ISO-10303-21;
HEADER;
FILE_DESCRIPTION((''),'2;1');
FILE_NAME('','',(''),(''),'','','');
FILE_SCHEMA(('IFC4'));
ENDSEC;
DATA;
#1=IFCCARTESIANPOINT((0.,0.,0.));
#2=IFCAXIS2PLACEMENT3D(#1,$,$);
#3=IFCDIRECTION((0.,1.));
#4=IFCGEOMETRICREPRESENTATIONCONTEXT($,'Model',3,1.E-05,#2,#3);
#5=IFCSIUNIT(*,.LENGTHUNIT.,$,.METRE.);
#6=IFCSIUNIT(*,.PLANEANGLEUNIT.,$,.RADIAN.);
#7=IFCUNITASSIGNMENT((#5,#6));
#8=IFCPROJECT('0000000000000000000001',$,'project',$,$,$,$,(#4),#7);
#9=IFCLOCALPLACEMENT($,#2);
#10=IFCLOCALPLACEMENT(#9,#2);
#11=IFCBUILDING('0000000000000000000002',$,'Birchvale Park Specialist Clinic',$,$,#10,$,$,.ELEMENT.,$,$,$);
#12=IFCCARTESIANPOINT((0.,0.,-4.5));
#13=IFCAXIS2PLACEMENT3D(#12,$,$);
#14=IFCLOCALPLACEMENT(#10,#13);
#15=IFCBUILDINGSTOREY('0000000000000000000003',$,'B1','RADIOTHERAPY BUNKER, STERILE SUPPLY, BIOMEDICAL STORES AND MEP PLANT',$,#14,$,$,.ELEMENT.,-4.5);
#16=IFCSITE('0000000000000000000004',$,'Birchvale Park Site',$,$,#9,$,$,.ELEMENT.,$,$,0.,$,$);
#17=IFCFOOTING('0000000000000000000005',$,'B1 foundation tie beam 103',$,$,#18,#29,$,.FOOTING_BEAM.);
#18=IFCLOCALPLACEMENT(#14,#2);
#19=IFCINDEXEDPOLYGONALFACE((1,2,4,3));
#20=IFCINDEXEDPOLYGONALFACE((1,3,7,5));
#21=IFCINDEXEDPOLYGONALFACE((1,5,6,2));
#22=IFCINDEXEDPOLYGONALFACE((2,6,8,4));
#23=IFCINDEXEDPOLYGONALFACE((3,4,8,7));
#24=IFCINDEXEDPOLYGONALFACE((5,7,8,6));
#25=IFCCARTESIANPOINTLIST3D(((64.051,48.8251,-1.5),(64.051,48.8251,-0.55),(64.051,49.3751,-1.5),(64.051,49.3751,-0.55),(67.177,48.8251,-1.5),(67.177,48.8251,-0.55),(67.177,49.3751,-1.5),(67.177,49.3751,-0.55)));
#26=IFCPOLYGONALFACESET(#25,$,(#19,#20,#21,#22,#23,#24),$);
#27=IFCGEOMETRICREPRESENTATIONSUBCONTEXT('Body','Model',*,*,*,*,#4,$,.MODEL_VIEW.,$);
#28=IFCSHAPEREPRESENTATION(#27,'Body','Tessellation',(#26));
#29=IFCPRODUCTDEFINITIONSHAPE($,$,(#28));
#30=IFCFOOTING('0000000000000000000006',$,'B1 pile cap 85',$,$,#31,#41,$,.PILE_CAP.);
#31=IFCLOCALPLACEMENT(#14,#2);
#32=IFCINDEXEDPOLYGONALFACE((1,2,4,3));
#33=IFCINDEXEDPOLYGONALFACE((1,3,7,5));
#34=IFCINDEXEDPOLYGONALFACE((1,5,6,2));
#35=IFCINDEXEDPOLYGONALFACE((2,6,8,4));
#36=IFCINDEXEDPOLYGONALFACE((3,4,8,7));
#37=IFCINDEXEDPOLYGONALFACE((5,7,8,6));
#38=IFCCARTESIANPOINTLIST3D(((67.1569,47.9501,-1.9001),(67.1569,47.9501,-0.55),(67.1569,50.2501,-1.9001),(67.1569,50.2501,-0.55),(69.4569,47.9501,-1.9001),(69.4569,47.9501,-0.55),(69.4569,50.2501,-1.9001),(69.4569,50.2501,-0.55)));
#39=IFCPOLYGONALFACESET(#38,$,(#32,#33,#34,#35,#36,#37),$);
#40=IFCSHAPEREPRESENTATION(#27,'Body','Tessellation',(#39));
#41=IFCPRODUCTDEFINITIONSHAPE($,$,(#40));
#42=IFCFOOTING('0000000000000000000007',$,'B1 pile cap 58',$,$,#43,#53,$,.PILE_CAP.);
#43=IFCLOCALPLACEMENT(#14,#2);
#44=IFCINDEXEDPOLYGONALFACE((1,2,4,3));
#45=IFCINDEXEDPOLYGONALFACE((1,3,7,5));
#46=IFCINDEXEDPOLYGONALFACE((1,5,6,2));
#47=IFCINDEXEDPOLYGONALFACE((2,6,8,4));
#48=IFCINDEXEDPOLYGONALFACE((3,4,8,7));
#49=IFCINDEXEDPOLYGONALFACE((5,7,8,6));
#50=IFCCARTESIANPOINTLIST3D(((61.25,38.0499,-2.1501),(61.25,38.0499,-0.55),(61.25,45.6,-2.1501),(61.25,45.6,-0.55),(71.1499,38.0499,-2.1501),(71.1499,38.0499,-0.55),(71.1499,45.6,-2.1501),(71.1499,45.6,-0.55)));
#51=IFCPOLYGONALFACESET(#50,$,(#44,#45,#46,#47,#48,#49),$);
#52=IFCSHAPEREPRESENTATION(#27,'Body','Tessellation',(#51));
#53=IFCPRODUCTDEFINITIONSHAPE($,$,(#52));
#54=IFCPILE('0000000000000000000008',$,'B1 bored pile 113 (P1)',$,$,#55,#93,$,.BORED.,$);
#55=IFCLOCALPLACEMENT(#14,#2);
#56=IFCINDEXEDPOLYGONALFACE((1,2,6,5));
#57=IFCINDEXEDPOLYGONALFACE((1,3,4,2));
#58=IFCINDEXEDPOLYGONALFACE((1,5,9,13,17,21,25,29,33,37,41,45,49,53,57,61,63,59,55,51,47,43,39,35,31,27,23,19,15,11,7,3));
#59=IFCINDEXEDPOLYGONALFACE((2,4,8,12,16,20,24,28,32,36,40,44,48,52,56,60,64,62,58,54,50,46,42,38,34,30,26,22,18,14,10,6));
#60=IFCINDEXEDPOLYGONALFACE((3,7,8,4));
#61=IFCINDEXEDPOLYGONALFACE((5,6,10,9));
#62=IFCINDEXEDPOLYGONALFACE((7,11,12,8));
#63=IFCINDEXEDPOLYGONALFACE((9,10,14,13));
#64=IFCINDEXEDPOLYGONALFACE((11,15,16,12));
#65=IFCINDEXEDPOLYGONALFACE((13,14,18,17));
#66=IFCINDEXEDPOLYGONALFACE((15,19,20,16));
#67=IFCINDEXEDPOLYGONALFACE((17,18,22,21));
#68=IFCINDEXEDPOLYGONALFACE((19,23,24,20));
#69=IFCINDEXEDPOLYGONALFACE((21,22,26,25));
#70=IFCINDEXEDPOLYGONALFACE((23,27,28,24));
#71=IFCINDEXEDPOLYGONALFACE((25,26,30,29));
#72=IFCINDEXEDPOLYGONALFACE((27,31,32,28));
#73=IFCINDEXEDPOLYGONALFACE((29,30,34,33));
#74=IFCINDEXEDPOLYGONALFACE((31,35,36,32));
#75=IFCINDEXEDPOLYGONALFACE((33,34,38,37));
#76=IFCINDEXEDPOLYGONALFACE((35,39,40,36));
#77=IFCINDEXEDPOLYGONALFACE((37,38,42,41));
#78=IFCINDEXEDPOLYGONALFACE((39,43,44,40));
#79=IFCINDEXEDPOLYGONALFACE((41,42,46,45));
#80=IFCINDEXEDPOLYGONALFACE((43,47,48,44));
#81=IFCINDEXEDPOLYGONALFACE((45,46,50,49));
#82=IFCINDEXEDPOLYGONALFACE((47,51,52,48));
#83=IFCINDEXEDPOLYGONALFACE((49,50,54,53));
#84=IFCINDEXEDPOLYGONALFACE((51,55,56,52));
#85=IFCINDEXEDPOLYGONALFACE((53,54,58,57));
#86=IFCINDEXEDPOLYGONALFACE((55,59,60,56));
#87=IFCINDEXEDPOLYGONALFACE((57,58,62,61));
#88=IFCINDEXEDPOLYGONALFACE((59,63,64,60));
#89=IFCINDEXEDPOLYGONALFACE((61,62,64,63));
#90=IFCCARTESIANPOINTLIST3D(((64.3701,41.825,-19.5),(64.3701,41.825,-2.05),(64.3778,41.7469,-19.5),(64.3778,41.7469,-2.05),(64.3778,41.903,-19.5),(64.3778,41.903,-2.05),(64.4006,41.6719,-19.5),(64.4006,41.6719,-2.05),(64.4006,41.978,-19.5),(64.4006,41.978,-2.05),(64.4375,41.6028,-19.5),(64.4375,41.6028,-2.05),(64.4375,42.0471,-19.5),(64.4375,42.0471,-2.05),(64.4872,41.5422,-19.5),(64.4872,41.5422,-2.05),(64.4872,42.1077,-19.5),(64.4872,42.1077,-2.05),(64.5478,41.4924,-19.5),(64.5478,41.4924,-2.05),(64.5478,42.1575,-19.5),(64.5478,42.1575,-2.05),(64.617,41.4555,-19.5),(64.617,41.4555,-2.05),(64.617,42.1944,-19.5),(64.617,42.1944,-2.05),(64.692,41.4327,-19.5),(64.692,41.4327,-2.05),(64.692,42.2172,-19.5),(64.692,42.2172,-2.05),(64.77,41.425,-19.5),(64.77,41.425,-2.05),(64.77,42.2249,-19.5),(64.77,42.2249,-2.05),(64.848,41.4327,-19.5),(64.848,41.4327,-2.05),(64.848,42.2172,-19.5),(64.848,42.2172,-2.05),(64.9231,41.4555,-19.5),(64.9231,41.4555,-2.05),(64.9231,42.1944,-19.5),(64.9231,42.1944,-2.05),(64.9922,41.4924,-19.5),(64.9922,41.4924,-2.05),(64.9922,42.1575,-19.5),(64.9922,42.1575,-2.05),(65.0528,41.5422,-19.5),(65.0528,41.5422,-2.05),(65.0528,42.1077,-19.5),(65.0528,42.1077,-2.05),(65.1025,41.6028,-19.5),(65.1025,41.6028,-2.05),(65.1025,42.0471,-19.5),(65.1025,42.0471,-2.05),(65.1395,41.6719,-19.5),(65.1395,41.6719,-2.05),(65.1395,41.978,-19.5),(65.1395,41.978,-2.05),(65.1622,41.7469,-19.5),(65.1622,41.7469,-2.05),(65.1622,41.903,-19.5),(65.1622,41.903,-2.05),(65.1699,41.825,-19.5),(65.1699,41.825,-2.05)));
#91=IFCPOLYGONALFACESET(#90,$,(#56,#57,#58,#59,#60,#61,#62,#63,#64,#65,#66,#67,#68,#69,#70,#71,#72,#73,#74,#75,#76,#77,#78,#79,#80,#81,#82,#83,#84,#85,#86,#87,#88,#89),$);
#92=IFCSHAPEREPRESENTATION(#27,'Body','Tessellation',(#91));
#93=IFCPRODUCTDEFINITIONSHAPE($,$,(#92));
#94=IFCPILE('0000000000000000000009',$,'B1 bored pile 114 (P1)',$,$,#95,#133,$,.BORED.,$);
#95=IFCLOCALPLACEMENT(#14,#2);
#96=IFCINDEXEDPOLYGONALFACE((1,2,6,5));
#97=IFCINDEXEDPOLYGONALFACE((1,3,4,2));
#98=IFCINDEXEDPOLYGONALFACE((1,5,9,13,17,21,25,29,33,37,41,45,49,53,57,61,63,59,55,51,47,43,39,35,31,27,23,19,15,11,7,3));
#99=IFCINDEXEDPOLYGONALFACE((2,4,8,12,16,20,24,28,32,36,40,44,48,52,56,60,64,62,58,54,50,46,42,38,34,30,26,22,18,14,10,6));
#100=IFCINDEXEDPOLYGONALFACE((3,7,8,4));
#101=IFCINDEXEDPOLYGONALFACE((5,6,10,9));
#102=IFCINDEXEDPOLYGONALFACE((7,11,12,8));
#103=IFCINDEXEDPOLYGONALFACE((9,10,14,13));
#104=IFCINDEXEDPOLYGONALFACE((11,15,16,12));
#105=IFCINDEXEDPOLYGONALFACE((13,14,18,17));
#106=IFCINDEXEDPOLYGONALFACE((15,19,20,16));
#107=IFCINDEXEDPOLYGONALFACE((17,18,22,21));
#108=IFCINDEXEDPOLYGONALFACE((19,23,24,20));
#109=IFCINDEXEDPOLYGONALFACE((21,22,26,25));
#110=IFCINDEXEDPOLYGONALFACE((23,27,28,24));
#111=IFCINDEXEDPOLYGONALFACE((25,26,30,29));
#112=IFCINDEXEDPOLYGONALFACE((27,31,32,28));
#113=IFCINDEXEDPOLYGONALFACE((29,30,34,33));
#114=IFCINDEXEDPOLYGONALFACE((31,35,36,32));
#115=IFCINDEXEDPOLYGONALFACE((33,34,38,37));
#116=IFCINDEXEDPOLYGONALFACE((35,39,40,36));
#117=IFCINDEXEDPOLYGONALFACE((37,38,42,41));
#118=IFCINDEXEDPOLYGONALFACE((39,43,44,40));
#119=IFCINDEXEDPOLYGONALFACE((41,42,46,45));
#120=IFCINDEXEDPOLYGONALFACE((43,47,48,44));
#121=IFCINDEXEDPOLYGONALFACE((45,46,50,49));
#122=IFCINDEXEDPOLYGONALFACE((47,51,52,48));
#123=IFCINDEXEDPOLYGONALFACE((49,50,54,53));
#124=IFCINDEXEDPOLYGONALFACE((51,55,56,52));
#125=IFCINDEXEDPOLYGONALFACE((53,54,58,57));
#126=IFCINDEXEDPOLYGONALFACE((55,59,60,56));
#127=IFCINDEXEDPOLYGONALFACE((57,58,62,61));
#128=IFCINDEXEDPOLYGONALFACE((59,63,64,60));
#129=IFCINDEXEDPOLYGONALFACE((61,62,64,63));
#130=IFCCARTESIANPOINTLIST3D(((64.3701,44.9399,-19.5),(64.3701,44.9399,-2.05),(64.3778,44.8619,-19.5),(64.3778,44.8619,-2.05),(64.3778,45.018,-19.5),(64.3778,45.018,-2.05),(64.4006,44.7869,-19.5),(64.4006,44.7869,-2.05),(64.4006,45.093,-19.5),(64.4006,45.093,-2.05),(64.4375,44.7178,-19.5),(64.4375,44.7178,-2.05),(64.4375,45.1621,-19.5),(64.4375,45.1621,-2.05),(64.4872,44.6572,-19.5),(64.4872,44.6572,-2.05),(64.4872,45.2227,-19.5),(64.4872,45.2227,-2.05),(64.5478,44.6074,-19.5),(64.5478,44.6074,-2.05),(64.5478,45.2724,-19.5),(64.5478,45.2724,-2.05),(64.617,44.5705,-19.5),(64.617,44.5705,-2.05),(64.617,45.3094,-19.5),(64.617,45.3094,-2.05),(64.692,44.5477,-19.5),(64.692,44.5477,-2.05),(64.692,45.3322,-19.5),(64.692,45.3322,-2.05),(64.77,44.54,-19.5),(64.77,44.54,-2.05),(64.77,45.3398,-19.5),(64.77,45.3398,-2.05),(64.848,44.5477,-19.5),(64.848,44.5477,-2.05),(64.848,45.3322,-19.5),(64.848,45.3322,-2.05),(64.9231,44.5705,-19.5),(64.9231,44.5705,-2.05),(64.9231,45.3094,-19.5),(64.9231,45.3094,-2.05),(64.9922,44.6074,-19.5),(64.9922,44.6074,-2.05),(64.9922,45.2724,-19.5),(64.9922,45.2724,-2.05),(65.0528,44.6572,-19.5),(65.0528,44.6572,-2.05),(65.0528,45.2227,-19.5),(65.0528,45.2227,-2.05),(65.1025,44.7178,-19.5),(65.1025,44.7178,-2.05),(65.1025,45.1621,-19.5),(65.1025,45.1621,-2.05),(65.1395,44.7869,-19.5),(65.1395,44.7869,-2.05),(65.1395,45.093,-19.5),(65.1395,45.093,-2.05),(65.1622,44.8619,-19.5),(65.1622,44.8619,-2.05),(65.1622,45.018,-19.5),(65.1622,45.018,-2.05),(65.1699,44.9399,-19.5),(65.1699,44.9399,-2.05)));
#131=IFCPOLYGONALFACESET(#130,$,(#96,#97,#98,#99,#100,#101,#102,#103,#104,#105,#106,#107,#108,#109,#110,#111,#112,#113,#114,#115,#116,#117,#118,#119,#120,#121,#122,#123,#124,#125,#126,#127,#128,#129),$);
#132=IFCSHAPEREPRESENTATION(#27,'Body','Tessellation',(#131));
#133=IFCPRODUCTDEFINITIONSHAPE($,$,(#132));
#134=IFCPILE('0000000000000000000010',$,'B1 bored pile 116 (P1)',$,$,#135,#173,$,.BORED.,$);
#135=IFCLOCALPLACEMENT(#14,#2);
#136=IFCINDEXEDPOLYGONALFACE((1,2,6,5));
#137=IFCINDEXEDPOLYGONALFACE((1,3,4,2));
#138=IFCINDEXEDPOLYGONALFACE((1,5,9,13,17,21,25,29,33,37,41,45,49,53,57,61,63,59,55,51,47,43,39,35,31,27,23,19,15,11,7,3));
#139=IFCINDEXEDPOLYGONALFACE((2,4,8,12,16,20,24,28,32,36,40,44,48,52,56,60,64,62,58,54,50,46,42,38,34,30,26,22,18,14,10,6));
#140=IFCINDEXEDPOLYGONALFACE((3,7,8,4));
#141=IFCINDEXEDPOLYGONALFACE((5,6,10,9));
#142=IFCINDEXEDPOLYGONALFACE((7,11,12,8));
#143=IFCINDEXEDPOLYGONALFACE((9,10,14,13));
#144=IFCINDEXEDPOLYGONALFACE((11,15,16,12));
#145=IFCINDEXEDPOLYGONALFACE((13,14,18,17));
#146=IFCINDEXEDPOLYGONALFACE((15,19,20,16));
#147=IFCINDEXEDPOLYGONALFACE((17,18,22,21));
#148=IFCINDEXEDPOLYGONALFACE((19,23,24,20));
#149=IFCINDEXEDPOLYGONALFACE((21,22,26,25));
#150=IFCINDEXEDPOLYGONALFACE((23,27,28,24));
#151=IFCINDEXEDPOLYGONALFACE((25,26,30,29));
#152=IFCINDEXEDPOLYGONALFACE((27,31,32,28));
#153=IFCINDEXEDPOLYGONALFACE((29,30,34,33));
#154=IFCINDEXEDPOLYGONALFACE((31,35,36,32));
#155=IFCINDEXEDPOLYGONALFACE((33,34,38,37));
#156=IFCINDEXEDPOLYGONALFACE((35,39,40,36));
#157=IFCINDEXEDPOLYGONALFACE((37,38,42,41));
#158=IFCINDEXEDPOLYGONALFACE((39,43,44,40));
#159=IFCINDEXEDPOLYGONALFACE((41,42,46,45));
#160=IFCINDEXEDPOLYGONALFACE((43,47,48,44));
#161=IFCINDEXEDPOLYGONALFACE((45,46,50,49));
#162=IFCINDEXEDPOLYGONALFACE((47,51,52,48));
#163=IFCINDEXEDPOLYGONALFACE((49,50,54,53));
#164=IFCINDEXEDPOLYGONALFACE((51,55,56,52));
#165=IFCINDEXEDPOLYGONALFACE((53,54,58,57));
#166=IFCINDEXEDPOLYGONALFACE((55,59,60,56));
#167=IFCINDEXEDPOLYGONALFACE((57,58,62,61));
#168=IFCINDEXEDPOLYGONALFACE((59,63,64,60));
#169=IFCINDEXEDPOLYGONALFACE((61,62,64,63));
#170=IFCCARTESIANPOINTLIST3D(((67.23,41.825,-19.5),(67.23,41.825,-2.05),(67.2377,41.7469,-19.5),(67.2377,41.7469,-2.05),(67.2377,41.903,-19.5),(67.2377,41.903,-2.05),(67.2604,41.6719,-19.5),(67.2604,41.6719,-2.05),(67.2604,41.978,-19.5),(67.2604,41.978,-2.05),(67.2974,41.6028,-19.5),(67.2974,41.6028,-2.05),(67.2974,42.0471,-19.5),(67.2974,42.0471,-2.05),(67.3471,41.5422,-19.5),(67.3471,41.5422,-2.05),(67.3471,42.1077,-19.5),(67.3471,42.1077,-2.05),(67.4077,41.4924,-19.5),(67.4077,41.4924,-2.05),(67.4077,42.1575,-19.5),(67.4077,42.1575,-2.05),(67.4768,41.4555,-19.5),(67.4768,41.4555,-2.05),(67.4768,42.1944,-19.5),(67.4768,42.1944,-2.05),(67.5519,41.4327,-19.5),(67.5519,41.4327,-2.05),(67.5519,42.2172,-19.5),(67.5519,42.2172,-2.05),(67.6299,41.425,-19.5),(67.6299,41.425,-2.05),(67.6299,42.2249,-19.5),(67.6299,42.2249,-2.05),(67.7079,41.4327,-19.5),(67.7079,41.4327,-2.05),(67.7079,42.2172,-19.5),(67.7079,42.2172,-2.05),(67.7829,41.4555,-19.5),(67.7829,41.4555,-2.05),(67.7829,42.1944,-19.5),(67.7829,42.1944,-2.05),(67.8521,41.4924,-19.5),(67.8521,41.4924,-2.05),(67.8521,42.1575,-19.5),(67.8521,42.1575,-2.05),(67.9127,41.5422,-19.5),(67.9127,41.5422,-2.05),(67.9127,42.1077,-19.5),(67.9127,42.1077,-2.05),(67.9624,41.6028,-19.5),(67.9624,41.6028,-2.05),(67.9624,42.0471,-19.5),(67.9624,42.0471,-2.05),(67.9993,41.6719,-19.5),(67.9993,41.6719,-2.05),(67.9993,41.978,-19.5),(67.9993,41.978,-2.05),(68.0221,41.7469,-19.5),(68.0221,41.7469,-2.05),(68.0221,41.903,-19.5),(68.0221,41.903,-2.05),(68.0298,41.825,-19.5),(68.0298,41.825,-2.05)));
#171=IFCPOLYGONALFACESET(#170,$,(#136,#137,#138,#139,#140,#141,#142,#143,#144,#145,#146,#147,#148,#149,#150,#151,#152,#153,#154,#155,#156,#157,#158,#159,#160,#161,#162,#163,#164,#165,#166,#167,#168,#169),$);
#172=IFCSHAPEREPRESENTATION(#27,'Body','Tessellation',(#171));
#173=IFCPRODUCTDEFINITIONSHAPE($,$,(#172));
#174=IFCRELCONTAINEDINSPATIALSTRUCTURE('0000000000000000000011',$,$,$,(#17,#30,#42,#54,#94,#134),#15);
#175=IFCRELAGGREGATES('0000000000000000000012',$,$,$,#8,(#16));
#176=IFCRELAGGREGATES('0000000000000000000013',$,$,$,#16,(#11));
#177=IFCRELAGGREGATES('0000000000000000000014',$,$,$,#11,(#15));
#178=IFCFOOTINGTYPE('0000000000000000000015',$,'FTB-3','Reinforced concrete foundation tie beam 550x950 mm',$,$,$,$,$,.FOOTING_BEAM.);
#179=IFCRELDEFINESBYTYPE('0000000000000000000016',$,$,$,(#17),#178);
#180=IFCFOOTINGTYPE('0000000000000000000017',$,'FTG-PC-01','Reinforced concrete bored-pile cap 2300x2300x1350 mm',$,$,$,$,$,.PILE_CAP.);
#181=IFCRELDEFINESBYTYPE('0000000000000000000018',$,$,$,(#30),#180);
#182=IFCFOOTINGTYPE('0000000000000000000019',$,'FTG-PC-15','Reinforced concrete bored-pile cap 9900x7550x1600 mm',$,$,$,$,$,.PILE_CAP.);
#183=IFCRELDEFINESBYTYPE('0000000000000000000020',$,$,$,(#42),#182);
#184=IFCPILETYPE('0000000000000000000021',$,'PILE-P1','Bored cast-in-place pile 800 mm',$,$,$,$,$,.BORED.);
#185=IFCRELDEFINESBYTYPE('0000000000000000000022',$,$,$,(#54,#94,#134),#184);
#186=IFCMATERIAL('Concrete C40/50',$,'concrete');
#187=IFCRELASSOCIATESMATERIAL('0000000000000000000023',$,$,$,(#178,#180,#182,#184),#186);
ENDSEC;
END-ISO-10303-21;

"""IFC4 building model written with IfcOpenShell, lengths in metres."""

from ifc_helpers import new_model, si_unit, direction, frame, origin, origin_2d, place, context, subcontext, project, spatial, rectangle, circle, extrude, material, material_profile, profile_set, type_object, element, save


model = new_model("IFC4")

# Units and contexts
model_context = context("Model", 3, precision=1e-05, world=origin(), true_north=direction((0.0, 1.0)))
body_context = subcontext(model_context, "Body", "Model", "MODEL_VIEW")
ifc_project = project(units=[si_unit("LENGTHUNIT", "METRE"), si_unit("PLANEANGLEUNIT", "RADIAN")], contexts=[model_context])

# Site, building, storey
site_placement = place(None, origin())
site = spatial("IfcSite", under=ifc_project, at=site_placement, Name="Birchvale Park Site", CompositionType="ELEMENT", RefElevation=0.0)
building_placement = place(site_placement, origin())
building = spatial("IfcBuilding", under=site, at=building_placement, Name="Birchvale Park Specialist Clinic", CompositionType="ELEMENT")
storey_placement = place(building_placement, frame((0.0, 0.0, -4.5)))
storey = spatial("IfcBuildingStorey", under=building, at=storey_placement, Name="B1", Description="RADIOTHERAPY BUNKER, STERILE SUPPLY, BIOMEDICAL STORES AND MEP PLANT", CompositionType="ELEMENT", Elevation=-4.5)

# Footings
ifc_material_1 = material(Name="Concrete C40/50", Category="concrete")
footing_type_1 = type_object("IfcFootingType", Name="FTB-3", Description="Reinforced concrete foundation tie beam 550x950 mm", PredefinedType="FOOTING_BEAM", material=ifc_material_1)
footing_1_placement = place(storey_placement, frame((65.614, 49.1001, -1.5), z_axis=(0.0, 0.0, 1.0), x_axis=(1.0, 0.0, 0.0)))
element("IfcFooting", 1, at=footing_1_placement, inside=storey, type_object=footing_type_1, Name="B1 foundation tie beam 103", PredefinedType="FOOTING_BEAM", context=body_context, shape_type="SweptSolid", body=[
    extrude(rectangle(XDim=3.126, YDim=0.55, at=origin_2d()), origin(), (0.0, 0.0, 1.0), 0.95),
])
footing_type_2 = type_object("IfcFootingType", Name="FTG-PC-01", Description="Reinforced concrete bored-pile cap 2300x2300x1350 mm", PredefinedType="PILE_CAP", material=ifc_material_1)
footing_2_placement = place(storey_placement, frame((68.3069, 49.1001, -1.9001), z_axis=(0.0, 0.0, 1.0), x_axis=(1.0, 0.0, 0.0)))
element("IfcFooting", 2, at=footing_2_placement, inside=storey, type_object=footing_type_2, Name="B1 pile cap 85", PredefinedType="PILE_CAP", context=body_context, shape_type="SweptSolid", body=[
    extrude(rectangle(XDim=2.3, YDim=2.3, at=origin_2d()), origin(), (0.0, 0.0, 1.0), 1.3501),
])
footing_type_3 = type_object("IfcFootingType", Name="FTG-PC-15", Description="Reinforced concrete bored-pile cap 9900x7550x1600 mm", PredefinedType="PILE_CAP", material=ifc_material_1)
footing_3_placement = place(storey_placement, frame((66.2, 41.825, -2.1501), z_axis=(0.0, 0.0, 1.0), x_axis=(1.0, 0.0, 0.0)))
element("IfcFooting", 3, at=footing_3_placement, inside=storey, type_object=footing_type_3, Name="B1 pile cap 58", PredefinedType="PILE_CAP", context=body_context, shape_type="SweptSolid", body=[
    extrude(rectangle(XDim=9.8999, YDim=7.55, at=origin_2d()), origin(), (0.0, 0.0, 1.0), 1.6001),
])

# Piles
ifc_material_profile_1 = material_profile(ifc_material_1, circle(Radius=0.3999, at=origin_2d()), Name="PILE-800")
ifc_profile_set_1 = profile_set([ifc_material_profile_1], Name="Concrete C40/50")
pile_type_1 = type_object("IfcPileType", Name="PILE-P1", Description="Bored cast-in-place pile 800 mm", PredefinedType="BORED", material=ifc_profile_set_1)
for number, where, z_axis, x_axis, name in (
    (4, (64.77, 41.825, -2.05), (0.0, 0.0, -1.0), (1.0, 0.0, 0.0), "B1 bored pile 113 (P1)"),
    (5, (64.77, 44.9399, -2.05), (0.0, 0.0, -1.0), (1.0, 0.0, 0.0), "B1 bored pile 114 (P1)"),
    (6, (67.6299, 41.825, -2.05), (0.0, 0.0, -1.0), (1.0, 0.0, 0.0), "B1 bored pile 116 (P1)"),
):
    element("IfcPile", number, at=place(storey_placement, frame(where, z_axis=z_axis, x_axis=x_axis)), inside=storey, type_object=pile_type_1, Name=name, PredefinedType="BORED", context=body_context, shape_type="SweptSolid", body=[
        extrude(circle(Radius=0.3999, at=origin_2d()), origin(), (0.0, 0.0, 1.0), 17.45),
    ])

save(model, "model.ifc")
